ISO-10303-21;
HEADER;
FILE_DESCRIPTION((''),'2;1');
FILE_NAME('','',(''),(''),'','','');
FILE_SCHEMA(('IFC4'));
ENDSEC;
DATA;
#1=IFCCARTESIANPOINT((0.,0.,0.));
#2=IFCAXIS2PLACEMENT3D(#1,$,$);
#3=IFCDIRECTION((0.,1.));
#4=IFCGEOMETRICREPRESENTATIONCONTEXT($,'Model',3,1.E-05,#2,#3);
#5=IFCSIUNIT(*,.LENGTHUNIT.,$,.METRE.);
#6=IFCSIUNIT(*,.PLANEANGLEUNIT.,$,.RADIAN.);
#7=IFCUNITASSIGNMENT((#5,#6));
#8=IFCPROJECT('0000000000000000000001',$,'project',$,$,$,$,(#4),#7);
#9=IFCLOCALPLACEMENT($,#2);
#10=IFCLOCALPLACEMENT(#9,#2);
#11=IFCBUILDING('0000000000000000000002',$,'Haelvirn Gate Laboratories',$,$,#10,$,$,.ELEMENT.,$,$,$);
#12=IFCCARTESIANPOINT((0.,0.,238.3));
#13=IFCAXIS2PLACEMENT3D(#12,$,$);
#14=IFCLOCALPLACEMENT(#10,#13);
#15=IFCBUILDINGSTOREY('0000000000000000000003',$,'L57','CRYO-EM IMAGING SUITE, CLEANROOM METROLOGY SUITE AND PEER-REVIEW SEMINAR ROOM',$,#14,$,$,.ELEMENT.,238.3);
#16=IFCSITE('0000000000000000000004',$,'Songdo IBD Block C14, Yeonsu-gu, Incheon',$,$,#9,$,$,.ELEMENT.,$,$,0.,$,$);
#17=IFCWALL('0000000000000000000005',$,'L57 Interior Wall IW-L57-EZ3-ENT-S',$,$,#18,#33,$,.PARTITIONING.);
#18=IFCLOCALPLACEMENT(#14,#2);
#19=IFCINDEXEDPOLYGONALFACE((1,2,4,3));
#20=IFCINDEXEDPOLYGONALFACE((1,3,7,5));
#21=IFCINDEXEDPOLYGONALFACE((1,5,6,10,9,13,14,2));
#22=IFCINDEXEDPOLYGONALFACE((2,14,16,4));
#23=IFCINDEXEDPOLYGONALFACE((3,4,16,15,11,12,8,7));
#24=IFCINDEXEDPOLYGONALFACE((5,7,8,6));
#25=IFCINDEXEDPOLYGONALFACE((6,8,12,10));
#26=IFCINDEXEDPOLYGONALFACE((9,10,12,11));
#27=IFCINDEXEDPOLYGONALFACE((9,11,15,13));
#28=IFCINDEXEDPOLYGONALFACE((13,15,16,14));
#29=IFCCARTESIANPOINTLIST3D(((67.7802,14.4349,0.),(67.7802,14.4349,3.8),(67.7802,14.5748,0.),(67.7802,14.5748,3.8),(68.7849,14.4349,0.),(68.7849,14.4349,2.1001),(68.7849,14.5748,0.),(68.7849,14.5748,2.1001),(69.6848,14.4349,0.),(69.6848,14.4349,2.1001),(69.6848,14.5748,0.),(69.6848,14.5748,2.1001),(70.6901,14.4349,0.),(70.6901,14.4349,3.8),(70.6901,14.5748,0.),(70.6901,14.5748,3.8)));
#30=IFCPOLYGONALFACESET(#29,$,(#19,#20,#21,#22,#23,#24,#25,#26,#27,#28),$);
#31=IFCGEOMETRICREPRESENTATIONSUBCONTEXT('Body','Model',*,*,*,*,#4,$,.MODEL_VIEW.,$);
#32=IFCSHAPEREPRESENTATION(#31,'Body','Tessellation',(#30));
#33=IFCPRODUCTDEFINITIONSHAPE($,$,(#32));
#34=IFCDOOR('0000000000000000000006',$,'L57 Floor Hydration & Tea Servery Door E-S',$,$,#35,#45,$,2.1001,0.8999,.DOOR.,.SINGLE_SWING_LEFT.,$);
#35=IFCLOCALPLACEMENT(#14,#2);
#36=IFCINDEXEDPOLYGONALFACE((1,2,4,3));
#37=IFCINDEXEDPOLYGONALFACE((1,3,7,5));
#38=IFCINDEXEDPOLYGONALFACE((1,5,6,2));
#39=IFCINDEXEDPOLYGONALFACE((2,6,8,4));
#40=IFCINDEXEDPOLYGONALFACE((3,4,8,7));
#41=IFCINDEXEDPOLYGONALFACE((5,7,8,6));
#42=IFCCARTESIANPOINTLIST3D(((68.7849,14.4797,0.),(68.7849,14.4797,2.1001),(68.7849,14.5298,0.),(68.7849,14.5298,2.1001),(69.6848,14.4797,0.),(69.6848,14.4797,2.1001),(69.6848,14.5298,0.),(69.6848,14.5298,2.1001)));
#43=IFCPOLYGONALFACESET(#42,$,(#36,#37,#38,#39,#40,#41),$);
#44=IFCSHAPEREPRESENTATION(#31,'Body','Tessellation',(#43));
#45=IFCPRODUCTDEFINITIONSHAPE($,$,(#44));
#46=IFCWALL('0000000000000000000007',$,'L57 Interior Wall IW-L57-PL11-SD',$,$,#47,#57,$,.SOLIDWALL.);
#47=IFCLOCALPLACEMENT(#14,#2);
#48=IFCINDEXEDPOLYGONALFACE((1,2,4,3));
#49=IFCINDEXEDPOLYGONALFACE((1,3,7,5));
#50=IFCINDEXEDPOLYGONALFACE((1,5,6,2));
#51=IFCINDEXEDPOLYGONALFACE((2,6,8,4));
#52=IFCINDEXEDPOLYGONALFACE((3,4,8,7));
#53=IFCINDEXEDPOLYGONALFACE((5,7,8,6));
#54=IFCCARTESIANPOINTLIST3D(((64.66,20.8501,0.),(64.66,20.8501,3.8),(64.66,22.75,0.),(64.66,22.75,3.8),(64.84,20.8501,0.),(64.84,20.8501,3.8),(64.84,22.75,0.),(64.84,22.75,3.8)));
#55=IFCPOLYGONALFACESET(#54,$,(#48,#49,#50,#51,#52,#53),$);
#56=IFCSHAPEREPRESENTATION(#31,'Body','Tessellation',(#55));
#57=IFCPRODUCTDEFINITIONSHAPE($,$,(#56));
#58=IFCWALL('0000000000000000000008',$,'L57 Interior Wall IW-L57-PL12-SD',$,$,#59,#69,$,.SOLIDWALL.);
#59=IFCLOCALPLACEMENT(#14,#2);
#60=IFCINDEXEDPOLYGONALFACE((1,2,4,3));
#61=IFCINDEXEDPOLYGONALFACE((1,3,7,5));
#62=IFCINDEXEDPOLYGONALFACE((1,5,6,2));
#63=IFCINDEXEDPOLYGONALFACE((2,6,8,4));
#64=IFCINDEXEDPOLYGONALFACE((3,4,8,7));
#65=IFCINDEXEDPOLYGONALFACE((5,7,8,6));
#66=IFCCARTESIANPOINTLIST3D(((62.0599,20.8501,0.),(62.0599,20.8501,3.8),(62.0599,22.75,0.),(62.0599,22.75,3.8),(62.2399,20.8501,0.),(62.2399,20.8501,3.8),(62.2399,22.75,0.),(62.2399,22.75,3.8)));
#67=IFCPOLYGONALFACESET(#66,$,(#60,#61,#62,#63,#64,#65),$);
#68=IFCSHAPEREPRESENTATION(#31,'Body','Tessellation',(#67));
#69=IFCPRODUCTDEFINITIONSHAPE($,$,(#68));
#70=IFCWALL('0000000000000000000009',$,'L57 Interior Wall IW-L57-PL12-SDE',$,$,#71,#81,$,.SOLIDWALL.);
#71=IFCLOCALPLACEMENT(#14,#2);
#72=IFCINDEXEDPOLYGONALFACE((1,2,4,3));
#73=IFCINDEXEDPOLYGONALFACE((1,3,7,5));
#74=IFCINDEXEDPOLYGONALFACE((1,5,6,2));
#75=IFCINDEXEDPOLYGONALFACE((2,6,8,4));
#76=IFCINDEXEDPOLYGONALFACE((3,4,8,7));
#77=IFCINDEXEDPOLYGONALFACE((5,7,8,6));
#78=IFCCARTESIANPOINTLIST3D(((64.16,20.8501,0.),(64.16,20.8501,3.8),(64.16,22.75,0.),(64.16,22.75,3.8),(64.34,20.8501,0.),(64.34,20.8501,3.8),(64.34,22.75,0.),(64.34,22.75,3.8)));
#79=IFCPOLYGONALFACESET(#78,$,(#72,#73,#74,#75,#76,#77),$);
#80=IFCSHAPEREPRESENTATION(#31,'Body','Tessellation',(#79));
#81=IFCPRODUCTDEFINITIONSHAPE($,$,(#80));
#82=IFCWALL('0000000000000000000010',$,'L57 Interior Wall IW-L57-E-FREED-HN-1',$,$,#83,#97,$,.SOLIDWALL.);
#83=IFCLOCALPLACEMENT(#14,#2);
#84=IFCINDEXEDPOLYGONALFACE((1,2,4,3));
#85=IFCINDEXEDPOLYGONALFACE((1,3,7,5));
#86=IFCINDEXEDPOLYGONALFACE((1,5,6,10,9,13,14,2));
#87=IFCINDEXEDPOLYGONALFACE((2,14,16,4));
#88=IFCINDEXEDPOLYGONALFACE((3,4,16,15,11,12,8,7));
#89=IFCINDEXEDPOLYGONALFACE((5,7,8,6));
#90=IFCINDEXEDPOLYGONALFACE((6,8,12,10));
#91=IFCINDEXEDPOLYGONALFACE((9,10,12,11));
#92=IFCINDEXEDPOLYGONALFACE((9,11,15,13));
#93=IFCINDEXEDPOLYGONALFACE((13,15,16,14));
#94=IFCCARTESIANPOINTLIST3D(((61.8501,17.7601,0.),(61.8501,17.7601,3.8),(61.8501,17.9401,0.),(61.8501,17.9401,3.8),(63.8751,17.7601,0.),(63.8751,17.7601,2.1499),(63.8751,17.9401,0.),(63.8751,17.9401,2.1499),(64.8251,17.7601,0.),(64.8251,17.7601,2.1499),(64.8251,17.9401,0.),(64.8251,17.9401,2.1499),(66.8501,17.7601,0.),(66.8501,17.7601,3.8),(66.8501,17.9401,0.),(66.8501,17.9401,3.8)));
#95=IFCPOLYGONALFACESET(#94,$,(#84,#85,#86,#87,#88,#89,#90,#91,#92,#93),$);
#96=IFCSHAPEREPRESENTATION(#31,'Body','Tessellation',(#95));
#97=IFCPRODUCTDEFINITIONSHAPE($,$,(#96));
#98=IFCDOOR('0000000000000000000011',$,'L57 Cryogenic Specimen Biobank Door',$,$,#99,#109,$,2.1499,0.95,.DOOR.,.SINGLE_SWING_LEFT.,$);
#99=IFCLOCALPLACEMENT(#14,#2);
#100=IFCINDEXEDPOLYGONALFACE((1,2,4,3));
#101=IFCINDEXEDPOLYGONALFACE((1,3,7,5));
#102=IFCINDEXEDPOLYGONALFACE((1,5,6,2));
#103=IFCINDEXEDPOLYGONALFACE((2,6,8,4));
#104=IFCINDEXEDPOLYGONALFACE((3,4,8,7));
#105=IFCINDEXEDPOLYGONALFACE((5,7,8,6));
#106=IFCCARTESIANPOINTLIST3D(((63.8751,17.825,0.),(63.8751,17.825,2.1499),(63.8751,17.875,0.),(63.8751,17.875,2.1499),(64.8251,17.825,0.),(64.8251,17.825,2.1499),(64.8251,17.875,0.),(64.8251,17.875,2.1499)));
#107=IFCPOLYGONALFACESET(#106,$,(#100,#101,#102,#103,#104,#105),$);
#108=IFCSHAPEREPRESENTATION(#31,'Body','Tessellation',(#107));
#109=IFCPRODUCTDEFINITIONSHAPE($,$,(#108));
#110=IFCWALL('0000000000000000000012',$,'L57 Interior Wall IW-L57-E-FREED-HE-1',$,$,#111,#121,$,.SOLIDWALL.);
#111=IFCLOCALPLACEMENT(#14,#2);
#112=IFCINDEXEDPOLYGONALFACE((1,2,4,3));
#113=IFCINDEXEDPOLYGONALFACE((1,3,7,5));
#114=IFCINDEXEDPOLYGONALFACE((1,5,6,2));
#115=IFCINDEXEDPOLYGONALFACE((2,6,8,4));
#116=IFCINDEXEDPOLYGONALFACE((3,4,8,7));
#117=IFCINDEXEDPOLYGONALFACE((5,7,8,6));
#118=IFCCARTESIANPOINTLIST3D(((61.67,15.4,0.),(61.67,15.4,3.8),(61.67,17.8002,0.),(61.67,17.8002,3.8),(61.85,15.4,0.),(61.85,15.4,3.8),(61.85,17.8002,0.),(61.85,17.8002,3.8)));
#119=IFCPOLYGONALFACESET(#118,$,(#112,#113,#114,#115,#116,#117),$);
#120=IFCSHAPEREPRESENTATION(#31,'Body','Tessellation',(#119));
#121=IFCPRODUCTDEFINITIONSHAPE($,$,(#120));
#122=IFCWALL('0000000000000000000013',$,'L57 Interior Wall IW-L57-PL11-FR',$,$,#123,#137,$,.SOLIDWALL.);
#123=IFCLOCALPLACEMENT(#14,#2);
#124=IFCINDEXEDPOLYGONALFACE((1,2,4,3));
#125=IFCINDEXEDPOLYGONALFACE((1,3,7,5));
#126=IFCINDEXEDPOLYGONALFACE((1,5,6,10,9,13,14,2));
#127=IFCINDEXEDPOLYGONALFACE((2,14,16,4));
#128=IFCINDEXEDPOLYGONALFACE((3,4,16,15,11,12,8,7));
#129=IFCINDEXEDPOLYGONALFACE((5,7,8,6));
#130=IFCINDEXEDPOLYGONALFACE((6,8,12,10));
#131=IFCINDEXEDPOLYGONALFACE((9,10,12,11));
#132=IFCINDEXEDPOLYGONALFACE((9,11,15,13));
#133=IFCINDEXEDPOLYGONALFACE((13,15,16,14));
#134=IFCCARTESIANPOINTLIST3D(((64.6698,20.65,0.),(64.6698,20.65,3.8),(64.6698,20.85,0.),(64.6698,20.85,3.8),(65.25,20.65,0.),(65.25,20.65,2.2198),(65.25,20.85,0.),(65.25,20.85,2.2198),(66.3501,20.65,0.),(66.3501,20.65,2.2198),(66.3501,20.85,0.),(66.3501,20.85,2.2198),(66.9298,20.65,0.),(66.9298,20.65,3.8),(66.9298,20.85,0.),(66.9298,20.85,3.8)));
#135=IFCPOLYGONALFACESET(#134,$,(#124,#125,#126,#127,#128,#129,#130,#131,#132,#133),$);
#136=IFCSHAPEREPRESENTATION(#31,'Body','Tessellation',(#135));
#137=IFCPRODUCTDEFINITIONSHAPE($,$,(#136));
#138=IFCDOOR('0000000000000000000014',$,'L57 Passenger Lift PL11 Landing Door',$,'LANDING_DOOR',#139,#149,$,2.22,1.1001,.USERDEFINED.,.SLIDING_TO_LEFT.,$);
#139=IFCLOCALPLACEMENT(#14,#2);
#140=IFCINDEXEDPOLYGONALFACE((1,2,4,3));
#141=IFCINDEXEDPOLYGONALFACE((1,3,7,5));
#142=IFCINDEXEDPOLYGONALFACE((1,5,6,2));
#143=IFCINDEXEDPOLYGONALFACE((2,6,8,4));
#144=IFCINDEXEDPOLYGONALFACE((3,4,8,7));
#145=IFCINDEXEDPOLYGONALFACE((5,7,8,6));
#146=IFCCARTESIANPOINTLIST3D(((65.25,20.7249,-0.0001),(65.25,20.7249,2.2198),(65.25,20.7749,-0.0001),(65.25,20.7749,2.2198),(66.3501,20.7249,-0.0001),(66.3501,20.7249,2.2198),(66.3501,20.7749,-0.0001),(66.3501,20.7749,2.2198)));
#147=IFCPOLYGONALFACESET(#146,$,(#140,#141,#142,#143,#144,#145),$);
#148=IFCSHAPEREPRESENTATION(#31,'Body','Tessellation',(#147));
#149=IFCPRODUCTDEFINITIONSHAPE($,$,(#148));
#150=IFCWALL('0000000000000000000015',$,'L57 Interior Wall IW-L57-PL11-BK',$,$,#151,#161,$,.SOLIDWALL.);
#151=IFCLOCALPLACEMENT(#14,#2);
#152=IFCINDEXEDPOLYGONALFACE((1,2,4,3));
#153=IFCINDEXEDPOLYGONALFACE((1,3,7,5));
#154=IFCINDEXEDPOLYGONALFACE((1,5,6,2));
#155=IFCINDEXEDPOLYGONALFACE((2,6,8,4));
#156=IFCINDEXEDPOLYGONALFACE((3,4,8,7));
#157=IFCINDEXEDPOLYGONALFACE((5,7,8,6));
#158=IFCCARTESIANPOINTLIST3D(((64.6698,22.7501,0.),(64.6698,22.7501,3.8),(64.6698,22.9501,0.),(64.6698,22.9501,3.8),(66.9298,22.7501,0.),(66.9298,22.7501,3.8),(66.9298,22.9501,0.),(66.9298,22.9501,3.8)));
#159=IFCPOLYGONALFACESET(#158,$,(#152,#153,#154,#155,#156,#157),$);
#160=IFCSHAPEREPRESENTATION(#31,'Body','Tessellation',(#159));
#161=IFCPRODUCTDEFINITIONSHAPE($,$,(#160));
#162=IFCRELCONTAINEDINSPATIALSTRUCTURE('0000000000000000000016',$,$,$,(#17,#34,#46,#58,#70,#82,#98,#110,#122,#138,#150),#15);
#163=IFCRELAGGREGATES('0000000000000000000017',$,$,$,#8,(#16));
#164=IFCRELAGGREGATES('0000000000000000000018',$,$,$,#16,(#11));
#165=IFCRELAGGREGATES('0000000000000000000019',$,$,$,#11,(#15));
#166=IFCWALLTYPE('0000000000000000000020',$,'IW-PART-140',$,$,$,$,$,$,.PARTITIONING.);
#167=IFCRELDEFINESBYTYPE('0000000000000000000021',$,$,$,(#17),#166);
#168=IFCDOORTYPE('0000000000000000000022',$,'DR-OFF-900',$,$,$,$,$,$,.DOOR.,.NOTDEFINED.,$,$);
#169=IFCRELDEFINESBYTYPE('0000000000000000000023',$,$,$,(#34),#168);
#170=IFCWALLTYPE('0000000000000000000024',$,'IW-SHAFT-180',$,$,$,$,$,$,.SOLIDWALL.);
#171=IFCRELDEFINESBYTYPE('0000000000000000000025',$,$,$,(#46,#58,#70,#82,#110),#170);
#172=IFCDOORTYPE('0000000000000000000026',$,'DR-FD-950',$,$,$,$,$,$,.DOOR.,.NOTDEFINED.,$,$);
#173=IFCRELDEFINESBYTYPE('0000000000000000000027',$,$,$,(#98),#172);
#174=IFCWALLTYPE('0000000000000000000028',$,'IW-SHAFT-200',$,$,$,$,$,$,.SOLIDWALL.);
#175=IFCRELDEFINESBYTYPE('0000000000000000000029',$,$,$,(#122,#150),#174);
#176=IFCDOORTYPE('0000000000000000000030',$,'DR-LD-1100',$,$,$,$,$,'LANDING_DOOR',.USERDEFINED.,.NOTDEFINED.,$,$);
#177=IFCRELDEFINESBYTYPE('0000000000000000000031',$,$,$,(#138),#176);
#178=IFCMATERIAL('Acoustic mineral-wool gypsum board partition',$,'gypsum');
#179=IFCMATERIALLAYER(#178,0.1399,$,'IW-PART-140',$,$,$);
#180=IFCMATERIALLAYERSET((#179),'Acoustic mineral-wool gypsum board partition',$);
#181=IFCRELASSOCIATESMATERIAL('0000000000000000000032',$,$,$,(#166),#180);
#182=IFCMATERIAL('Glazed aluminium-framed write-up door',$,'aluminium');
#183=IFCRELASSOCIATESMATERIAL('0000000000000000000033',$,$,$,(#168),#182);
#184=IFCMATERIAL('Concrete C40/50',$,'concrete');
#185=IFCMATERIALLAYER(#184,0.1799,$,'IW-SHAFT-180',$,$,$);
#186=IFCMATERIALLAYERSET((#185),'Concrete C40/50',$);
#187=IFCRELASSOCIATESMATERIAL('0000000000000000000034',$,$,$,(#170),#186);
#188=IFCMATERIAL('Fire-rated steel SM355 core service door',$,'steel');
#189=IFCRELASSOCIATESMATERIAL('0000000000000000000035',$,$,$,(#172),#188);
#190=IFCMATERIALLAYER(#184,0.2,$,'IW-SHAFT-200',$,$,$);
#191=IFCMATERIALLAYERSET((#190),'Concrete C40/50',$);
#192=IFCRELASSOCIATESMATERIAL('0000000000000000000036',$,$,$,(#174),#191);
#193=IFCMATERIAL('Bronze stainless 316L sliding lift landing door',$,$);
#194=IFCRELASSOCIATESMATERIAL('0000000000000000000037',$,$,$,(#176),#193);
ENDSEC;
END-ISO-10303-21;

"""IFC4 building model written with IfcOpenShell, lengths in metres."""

from ifc_helpers import new_model, si_unit, direction, frame, frame_2d, origin, place, context, subcontext, project, spatial, rectangle, extrude, source, transform, mapped, material, layer, layer_set, type_object, type_shapes, element, fill, save


model = new_model("IFC4")

# Units and contexts
model_context = context("Model", 3, precision=1e-05, world=origin(), true_north=direction((0.0, 1.0)))
body_context = subcontext(model_context, "Body", "Model", "MODEL_VIEW")
ifc_project = project(units=[si_unit("LENGTHUNIT", "METRE"), si_unit("PLANEANGLEUNIT", "RADIAN")], contexts=[model_context])

# Site, building, storey
site_placement = place(None, origin())
site = spatial("IfcSite", under=ifc_project, at=site_placement, Name="Songdo IBD Block C14, Yeonsu-gu, Incheon", CompositionType="ELEMENT", RefElevation=0.0)
building_placement = place(site_placement, origin())
building = spatial("IfcBuilding", under=site, at=building_placement, Name="Haelvirn Gate Laboratories", CompositionType="ELEMENT")
storey_placement = place(building_placement, frame((0.0, 0.0, 238.3)))
storey = spatial("IfcBuildingStorey", under=building, at=storey_placement, Name="L57", Description="CRYO-EM IMAGING SUITE, CLEANROOM METROLOGY SUITE AND PEER-REVIEW SEMINAR ROOM", CompositionType="ELEMENT", Elevation=238.3)

# Shared definitions
ifc_material_1 = material(Name="Acoustic mineral-wool gypsum board partition", Category="gypsum")
ifc_layer_1 = layer(ifc_material_1, 0.1399, Name="IW-PART-140")
ifc_layer_set_1 = layer_set([ifc_layer_1], Name="Acoustic mineral-wool gypsum board partition")
wall_type_1 = type_object("IfcWallType", Name="IW-PART-140", PredefinedType="PARTITIONING", material=ifc_layer_set_1)

# Wall, opening, door
wall_1_placement = place(storey_placement, frame((67.78, 14.5049, 0.0), z_axis=(0.0, 0.0, 1.0), x_axis=(1.0, 0.0, 0.0)))
wall_1 = element("IfcWall", 1, at=wall_1_placement, inside=storey, type_object=wall_type_1, Name="L57 Interior Wall IW-L57-EZ3-ENT-S", PredefinedType="PARTITIONING", context=body_context, shape_type="SweptSolid", body=[
    extrude(rectangle(XDim=2.9099, YDim=0.1399, at=frame_2d((1.4551, 0.0))), origin(), (0.0, 0.0, 1.0), 3.8),
])
opening_1_placement = place(wall_1_placement, frame((1.0049, 0.0, 0.0)))
opening_1 = element("IfcOpeningElement", 2, at=opening_1_placement, cuts=wall_1, PredefinedType="OPENING", context=body_context, shape_type="SweptSolid", body=[
    extrude(rectangle(XDim=0.8999, YDim=2.1001, at=frame_2d((0.45, 1.05))), frame((0.0, 0.0801, 0.0), z_axis=(0.0, -1.0, 0.0), x_axis=(1.0, 0.0, 0.0)), (0.0, 0.0, 1.0), 0.1599),
])
ifc_material_2 = material(Name="Glazed aluminium-framed write-up door", Category="aluminium")
door_type_1 = type_object("IfcDoorType", Name="DR-OFF-900", OperationType="NOTDEFINED", PredefinedType="DOOR", material=ifc_material_2)
shared_shape_1 = source(origin(), body_context, "Body", "SweptSolid", [
    extrude(rectangle(XDim=0.8999, YDim=2.1001, at=frame_2d((0.45, 1.05))), frame((0.0, 0.0249, 0.0), z_axis=(0.0, -1.0, 0.0), x_axis=(1.0, 0.0, 0.0)), (0.0, 0.0, 1.0), 0.05),
])
type_shapes(door_type_1, [shared_shape_1])
door_1_placement = place(opening_1_placement, origin())
door_1 = element("IfcDoor", 3, at=door_1_placement, inside=storey, type_object=door_type_1, Name="L57 Floor Hydration & Tea Servery Door E-S", OperationType="SINGLE_SWING_LEFT", OverallHeight=2.1001, OverallWidth=0.8999, PredefinedType="DOOR", context=body_context, shape_type="MappedRepresentation", body=[
    mapped(shared_shape_1, transform((0.0, 0.0, 0.0), scale=1.0)),
])
fill(opening_1, door_1)

# Walls
ifc_material_3 = material(Name="Concrete C40/50", Category="concrete")
ifc_layer_2 = layer(ifc_material_3, 0.1799, Name="IW-SHAFT-180")
ifc_layer_set_2 = layer_set([ifc_layer_2], Name="Concrete C40/50")
wall_type_2 = type_object("IfcWallType", Name="IW-SHAFT-180", PredefinedType="SOLIDWALL", material=ifc_layer_set_2)
for number, where, z_axis, x_axis, name in (
    (4, (64.75, 20.8501, 0.0), (0.0, 0.0, 1.0), (0.0, 1.0, 0.0), "L57 Interior Wall IW-L57-PL11-SD"),
    (5, (62.1499, 20.8501, 0.0), (0.0, 0.0, 1.0), (0.0, 1.0, 0.0), "L57 Interior Wall IW-L57-PL12-SD"),
    (6, (64.25, 20.8501, 0.0), (0.0, 0.0, 1.0), (0.0, 1.0, 0.0), "L57 Interior Wall IW-L57-PL12-SDE"),
):
    element("IfcWall", number, at=place(storey_placement, frame(where, z_axis=z_axis, x_axis=x_axis)), inside=storey, type_object=wall_type_2, Name=name, PredefinedType="SOLIDWALL", context=body_context, shape_type="SweptSolid", body=[
        extrude(rectangle(XDim=1.8999, YDim=0.1799, at=frame_2d((0.95, 0.0))), origin(), (0.0, 0.0, 1.0), 3.8),
    ])

# Wall, opening, door
wall_2_placement = place(storey_placement, frame((61.8501, 17.8501, 0.0), z_axis=(0.0, 0.0, 1.0), x_axis=(1.0, 0.0, 0.0)))
wall_2 = element("IfcWall", 7, at=wall_2_placement, inside=storey, type_object=wall_type_2, Name="L57 Interior Wall IW-L57-E-FREED-HN-1", PredefinedType="SOLIDWALL", context=body_context, shape_type="SweptSolid", body=[
    extrude(rectangle(XDim=5.0, YDim=0.1799, at=frame_2d((2.5, 0.0))), origin(), (0.0, 0.0, 1.0), 3.8),
])
opening_2_placement = place(wall_2_placement, frame((2.0249, 0.0, 0.0)))
opening_2 = element("IfcOpeningElement", 8, at=opening_2_placement, cuts=wall_2, PredefinedType="OPENING", context=body_context, shape_type="SweptSolid", body=[
    extrude(rectangle(XDim=0.95, YDim=2.1499, at=frame_2d((0.4751, 1.075))), frame((0.0, 0.1001, 0.0), z_axis=(0.0, -1.0, 0.0), x_axis=(1.0, 0.0, 0.0)), (0.0, 0.0, 1.0), 0.2),
])
ifc_material_4 = material(Name="Fire-rated steel SM355 core service door", Category="steel")
door_type_2 = type_object("IfcDoorType", Name="DR-FD-950", OperationType="NOTDEFINED", PredefinedType="DOOR", material=ifc_material_4)
shared_shape_2 = source(origin(), body_context, "Body", "SweptSolid", [
    extrude(rectangle(XDim=0.95, YDim=2.1499, at=frame_2d((0.4751, 1.075))), frame((0.0, 0.0249, 0.0), z_axis=(0.0, -1.0, 0.0), x_axis=(1.0, 0.0, 0.0)), (0.0, 0.0, 1.0), 0.05),
])
type_shapes(door_type_2, [shared_shape_2])
door_2_placement = place(opening_2_placement, origin())
door_2 = element("IfcDoor", 9, at=door_2_placement, inside=storey, type_object=door_type_2, Name="L57 Cryogenic Specimen Biobank Door", OperationType="SINGLE_SWING_LEFT", OverallHeight=2.1499, OverallWidth=0.95, PredefinedType="DOOR", context=body_context, shape_type="MappedRepresentation", body=[
    mapped(shared_shape_2, transform((0.0, 0.0, 0.0), scale=1.0)),
])
fill(opening_2, door_2)

# Wall
wall_3_placement = place(storey_placement, frame((61.76, 15.3999, 0.0), z_axis=(0.0, 0.0, 1.0), x_axis=(0.0, 1.0, 0.0)))
element("IfcWall", 10, at=wall_3_placement, inside=storey, type_object=wall_type_2, Name="L57 Interior Wall IW-L57-E-FREED-HE-1", PredefinedType="SOLIDWALL", context=body_context, shape_type="SweptSolid", body=[
    extrude(rectangle(XDim=2.4001, YDim=0.1799, at=frame_2d((1.2002, 0.0))), origin(), (0.0, 0.0, 1.0), 3.8),
])

# Wall, opening, door
ifc_layer_3 = layer(ifc_material_3, 0.2, Name="IW-SHAFT-200")
ifc_layer_set_3 = layer_set([ifc_layer_3], Name="Concrete C40/50")
wall_type_3 = type_object("IfcWallType", Name="IW-SHAFT-200", PredefinedType="SOLIDWALL", material=ifc_layer_set_3)
wall_4_placement = place(storey_placement, frame((64.6699, 20.75, 0.0), z_axis=(0.0, 0.0, 1.0), x_axis=(1.0, 0.0, 0.0)))
wall_4 = element("IfcWall", 11, at=wall_4_placement, inside=storey, type_object=wall_type_3, Name="L57 Interior Wall IW-L57-PL11-FR", PredefinedType="SOLIDWALL", context=body_context, shape_type="SweptSolid", body=[
    extrude(rectangle(XDim=2.26, YDim=0.2, at=frame_2d((1.1299, 0.0))), origin(), (0.0, 0.0, 1.0), 3.8),
])
opening_3_placement = place(wall_4_placement, frame((0.5801, 0.0, 0.0)))
opening_3 = element("IfcOpeningElement", 12, at=opening_3_placement, cuts=wall_4, PredefinedType="OPENING", context=body_context, shape_type="SweptSolid", body=[
    extrude(rectangle(XDim=1.1001, YDim=2.22, at=frame_2d((0.55, 1.1099))), frame((0.0, 0.1099, 0.0), z_axis=(0.0, -1.0, 0.0), x_axis=(1.0, 0.0, 0.0)), (0.0, 0.0, 1.0), 0.22),
])
ifc_material_5 = material(Name="Bronze stainless 316L sliding lift landing door")
door_type_3 = type_object("IfcDoorType", Name="DR-LD-1100", ElementType="LANDING_DOOR", OperationType="NOTDEFINED", PredefinedType="USERDEFINED", material=ifc_material_5)
shared_shape_3 = source(origin(), body_context, "Body", "SweptSolid", [
    extrude(rectangle(XDim=1.1001, YDim=2.22, at=frame_2d((0.55, 1.1099))), frame((0.0, 0.0249, 0.0), z_axis=(0.0, -1.0, 0.0), x_axis=(1.0, 0.0, 0.0)), (0.0, 0.0, 1.0), 0.05),
])
type_shapes(door_type_3, [shared_shape_3])
door_3_placement = place(opening_3_placement, origin())
door_3 = element("IfcDoor", 13, at=door_3_placement, inside=storey, type_object=door_type_3, Name="L57 Passenger Lift PL11 Landing Door", ObjectType="LANDING_DOOR", OperationType="SLIDING_TO_LEFT", OverallHeight=2.22, OverallWidth=1.1001, PredefinedType="USERDEFINED", context=body_context, shape_type="MappedRepresentation", body=[
    mapped(shared_shape_3, transform((0.0, 0.0, 0.0), scale=1.0)),
])
fill(opening_3, door_3)

# Wall
wall_5_placement = place(storey_placement, frame((64.6699, 22.8501, 0.0), z_axis=(0.0, 0.0, 1.0), x_axis=(1.0, 0.0, 0.0)))
element("IfcWall", 14, at=wall_5_placement, inside=storey, type_object=wall_type_3, Name="L57 Interior Wall IW-L57-PL11-BK", PredefinedType="SOLIDWALL", context=body_context, shape_type="SweptSolid", body=[
    extrude(rectangle(XDim=2.26, YDim=0.2, at=frame_2d((1.1299, 0.0))), origin(), (0.0, 0.0, 1.0), 3.8),
])

save(model, "model.ifc")
